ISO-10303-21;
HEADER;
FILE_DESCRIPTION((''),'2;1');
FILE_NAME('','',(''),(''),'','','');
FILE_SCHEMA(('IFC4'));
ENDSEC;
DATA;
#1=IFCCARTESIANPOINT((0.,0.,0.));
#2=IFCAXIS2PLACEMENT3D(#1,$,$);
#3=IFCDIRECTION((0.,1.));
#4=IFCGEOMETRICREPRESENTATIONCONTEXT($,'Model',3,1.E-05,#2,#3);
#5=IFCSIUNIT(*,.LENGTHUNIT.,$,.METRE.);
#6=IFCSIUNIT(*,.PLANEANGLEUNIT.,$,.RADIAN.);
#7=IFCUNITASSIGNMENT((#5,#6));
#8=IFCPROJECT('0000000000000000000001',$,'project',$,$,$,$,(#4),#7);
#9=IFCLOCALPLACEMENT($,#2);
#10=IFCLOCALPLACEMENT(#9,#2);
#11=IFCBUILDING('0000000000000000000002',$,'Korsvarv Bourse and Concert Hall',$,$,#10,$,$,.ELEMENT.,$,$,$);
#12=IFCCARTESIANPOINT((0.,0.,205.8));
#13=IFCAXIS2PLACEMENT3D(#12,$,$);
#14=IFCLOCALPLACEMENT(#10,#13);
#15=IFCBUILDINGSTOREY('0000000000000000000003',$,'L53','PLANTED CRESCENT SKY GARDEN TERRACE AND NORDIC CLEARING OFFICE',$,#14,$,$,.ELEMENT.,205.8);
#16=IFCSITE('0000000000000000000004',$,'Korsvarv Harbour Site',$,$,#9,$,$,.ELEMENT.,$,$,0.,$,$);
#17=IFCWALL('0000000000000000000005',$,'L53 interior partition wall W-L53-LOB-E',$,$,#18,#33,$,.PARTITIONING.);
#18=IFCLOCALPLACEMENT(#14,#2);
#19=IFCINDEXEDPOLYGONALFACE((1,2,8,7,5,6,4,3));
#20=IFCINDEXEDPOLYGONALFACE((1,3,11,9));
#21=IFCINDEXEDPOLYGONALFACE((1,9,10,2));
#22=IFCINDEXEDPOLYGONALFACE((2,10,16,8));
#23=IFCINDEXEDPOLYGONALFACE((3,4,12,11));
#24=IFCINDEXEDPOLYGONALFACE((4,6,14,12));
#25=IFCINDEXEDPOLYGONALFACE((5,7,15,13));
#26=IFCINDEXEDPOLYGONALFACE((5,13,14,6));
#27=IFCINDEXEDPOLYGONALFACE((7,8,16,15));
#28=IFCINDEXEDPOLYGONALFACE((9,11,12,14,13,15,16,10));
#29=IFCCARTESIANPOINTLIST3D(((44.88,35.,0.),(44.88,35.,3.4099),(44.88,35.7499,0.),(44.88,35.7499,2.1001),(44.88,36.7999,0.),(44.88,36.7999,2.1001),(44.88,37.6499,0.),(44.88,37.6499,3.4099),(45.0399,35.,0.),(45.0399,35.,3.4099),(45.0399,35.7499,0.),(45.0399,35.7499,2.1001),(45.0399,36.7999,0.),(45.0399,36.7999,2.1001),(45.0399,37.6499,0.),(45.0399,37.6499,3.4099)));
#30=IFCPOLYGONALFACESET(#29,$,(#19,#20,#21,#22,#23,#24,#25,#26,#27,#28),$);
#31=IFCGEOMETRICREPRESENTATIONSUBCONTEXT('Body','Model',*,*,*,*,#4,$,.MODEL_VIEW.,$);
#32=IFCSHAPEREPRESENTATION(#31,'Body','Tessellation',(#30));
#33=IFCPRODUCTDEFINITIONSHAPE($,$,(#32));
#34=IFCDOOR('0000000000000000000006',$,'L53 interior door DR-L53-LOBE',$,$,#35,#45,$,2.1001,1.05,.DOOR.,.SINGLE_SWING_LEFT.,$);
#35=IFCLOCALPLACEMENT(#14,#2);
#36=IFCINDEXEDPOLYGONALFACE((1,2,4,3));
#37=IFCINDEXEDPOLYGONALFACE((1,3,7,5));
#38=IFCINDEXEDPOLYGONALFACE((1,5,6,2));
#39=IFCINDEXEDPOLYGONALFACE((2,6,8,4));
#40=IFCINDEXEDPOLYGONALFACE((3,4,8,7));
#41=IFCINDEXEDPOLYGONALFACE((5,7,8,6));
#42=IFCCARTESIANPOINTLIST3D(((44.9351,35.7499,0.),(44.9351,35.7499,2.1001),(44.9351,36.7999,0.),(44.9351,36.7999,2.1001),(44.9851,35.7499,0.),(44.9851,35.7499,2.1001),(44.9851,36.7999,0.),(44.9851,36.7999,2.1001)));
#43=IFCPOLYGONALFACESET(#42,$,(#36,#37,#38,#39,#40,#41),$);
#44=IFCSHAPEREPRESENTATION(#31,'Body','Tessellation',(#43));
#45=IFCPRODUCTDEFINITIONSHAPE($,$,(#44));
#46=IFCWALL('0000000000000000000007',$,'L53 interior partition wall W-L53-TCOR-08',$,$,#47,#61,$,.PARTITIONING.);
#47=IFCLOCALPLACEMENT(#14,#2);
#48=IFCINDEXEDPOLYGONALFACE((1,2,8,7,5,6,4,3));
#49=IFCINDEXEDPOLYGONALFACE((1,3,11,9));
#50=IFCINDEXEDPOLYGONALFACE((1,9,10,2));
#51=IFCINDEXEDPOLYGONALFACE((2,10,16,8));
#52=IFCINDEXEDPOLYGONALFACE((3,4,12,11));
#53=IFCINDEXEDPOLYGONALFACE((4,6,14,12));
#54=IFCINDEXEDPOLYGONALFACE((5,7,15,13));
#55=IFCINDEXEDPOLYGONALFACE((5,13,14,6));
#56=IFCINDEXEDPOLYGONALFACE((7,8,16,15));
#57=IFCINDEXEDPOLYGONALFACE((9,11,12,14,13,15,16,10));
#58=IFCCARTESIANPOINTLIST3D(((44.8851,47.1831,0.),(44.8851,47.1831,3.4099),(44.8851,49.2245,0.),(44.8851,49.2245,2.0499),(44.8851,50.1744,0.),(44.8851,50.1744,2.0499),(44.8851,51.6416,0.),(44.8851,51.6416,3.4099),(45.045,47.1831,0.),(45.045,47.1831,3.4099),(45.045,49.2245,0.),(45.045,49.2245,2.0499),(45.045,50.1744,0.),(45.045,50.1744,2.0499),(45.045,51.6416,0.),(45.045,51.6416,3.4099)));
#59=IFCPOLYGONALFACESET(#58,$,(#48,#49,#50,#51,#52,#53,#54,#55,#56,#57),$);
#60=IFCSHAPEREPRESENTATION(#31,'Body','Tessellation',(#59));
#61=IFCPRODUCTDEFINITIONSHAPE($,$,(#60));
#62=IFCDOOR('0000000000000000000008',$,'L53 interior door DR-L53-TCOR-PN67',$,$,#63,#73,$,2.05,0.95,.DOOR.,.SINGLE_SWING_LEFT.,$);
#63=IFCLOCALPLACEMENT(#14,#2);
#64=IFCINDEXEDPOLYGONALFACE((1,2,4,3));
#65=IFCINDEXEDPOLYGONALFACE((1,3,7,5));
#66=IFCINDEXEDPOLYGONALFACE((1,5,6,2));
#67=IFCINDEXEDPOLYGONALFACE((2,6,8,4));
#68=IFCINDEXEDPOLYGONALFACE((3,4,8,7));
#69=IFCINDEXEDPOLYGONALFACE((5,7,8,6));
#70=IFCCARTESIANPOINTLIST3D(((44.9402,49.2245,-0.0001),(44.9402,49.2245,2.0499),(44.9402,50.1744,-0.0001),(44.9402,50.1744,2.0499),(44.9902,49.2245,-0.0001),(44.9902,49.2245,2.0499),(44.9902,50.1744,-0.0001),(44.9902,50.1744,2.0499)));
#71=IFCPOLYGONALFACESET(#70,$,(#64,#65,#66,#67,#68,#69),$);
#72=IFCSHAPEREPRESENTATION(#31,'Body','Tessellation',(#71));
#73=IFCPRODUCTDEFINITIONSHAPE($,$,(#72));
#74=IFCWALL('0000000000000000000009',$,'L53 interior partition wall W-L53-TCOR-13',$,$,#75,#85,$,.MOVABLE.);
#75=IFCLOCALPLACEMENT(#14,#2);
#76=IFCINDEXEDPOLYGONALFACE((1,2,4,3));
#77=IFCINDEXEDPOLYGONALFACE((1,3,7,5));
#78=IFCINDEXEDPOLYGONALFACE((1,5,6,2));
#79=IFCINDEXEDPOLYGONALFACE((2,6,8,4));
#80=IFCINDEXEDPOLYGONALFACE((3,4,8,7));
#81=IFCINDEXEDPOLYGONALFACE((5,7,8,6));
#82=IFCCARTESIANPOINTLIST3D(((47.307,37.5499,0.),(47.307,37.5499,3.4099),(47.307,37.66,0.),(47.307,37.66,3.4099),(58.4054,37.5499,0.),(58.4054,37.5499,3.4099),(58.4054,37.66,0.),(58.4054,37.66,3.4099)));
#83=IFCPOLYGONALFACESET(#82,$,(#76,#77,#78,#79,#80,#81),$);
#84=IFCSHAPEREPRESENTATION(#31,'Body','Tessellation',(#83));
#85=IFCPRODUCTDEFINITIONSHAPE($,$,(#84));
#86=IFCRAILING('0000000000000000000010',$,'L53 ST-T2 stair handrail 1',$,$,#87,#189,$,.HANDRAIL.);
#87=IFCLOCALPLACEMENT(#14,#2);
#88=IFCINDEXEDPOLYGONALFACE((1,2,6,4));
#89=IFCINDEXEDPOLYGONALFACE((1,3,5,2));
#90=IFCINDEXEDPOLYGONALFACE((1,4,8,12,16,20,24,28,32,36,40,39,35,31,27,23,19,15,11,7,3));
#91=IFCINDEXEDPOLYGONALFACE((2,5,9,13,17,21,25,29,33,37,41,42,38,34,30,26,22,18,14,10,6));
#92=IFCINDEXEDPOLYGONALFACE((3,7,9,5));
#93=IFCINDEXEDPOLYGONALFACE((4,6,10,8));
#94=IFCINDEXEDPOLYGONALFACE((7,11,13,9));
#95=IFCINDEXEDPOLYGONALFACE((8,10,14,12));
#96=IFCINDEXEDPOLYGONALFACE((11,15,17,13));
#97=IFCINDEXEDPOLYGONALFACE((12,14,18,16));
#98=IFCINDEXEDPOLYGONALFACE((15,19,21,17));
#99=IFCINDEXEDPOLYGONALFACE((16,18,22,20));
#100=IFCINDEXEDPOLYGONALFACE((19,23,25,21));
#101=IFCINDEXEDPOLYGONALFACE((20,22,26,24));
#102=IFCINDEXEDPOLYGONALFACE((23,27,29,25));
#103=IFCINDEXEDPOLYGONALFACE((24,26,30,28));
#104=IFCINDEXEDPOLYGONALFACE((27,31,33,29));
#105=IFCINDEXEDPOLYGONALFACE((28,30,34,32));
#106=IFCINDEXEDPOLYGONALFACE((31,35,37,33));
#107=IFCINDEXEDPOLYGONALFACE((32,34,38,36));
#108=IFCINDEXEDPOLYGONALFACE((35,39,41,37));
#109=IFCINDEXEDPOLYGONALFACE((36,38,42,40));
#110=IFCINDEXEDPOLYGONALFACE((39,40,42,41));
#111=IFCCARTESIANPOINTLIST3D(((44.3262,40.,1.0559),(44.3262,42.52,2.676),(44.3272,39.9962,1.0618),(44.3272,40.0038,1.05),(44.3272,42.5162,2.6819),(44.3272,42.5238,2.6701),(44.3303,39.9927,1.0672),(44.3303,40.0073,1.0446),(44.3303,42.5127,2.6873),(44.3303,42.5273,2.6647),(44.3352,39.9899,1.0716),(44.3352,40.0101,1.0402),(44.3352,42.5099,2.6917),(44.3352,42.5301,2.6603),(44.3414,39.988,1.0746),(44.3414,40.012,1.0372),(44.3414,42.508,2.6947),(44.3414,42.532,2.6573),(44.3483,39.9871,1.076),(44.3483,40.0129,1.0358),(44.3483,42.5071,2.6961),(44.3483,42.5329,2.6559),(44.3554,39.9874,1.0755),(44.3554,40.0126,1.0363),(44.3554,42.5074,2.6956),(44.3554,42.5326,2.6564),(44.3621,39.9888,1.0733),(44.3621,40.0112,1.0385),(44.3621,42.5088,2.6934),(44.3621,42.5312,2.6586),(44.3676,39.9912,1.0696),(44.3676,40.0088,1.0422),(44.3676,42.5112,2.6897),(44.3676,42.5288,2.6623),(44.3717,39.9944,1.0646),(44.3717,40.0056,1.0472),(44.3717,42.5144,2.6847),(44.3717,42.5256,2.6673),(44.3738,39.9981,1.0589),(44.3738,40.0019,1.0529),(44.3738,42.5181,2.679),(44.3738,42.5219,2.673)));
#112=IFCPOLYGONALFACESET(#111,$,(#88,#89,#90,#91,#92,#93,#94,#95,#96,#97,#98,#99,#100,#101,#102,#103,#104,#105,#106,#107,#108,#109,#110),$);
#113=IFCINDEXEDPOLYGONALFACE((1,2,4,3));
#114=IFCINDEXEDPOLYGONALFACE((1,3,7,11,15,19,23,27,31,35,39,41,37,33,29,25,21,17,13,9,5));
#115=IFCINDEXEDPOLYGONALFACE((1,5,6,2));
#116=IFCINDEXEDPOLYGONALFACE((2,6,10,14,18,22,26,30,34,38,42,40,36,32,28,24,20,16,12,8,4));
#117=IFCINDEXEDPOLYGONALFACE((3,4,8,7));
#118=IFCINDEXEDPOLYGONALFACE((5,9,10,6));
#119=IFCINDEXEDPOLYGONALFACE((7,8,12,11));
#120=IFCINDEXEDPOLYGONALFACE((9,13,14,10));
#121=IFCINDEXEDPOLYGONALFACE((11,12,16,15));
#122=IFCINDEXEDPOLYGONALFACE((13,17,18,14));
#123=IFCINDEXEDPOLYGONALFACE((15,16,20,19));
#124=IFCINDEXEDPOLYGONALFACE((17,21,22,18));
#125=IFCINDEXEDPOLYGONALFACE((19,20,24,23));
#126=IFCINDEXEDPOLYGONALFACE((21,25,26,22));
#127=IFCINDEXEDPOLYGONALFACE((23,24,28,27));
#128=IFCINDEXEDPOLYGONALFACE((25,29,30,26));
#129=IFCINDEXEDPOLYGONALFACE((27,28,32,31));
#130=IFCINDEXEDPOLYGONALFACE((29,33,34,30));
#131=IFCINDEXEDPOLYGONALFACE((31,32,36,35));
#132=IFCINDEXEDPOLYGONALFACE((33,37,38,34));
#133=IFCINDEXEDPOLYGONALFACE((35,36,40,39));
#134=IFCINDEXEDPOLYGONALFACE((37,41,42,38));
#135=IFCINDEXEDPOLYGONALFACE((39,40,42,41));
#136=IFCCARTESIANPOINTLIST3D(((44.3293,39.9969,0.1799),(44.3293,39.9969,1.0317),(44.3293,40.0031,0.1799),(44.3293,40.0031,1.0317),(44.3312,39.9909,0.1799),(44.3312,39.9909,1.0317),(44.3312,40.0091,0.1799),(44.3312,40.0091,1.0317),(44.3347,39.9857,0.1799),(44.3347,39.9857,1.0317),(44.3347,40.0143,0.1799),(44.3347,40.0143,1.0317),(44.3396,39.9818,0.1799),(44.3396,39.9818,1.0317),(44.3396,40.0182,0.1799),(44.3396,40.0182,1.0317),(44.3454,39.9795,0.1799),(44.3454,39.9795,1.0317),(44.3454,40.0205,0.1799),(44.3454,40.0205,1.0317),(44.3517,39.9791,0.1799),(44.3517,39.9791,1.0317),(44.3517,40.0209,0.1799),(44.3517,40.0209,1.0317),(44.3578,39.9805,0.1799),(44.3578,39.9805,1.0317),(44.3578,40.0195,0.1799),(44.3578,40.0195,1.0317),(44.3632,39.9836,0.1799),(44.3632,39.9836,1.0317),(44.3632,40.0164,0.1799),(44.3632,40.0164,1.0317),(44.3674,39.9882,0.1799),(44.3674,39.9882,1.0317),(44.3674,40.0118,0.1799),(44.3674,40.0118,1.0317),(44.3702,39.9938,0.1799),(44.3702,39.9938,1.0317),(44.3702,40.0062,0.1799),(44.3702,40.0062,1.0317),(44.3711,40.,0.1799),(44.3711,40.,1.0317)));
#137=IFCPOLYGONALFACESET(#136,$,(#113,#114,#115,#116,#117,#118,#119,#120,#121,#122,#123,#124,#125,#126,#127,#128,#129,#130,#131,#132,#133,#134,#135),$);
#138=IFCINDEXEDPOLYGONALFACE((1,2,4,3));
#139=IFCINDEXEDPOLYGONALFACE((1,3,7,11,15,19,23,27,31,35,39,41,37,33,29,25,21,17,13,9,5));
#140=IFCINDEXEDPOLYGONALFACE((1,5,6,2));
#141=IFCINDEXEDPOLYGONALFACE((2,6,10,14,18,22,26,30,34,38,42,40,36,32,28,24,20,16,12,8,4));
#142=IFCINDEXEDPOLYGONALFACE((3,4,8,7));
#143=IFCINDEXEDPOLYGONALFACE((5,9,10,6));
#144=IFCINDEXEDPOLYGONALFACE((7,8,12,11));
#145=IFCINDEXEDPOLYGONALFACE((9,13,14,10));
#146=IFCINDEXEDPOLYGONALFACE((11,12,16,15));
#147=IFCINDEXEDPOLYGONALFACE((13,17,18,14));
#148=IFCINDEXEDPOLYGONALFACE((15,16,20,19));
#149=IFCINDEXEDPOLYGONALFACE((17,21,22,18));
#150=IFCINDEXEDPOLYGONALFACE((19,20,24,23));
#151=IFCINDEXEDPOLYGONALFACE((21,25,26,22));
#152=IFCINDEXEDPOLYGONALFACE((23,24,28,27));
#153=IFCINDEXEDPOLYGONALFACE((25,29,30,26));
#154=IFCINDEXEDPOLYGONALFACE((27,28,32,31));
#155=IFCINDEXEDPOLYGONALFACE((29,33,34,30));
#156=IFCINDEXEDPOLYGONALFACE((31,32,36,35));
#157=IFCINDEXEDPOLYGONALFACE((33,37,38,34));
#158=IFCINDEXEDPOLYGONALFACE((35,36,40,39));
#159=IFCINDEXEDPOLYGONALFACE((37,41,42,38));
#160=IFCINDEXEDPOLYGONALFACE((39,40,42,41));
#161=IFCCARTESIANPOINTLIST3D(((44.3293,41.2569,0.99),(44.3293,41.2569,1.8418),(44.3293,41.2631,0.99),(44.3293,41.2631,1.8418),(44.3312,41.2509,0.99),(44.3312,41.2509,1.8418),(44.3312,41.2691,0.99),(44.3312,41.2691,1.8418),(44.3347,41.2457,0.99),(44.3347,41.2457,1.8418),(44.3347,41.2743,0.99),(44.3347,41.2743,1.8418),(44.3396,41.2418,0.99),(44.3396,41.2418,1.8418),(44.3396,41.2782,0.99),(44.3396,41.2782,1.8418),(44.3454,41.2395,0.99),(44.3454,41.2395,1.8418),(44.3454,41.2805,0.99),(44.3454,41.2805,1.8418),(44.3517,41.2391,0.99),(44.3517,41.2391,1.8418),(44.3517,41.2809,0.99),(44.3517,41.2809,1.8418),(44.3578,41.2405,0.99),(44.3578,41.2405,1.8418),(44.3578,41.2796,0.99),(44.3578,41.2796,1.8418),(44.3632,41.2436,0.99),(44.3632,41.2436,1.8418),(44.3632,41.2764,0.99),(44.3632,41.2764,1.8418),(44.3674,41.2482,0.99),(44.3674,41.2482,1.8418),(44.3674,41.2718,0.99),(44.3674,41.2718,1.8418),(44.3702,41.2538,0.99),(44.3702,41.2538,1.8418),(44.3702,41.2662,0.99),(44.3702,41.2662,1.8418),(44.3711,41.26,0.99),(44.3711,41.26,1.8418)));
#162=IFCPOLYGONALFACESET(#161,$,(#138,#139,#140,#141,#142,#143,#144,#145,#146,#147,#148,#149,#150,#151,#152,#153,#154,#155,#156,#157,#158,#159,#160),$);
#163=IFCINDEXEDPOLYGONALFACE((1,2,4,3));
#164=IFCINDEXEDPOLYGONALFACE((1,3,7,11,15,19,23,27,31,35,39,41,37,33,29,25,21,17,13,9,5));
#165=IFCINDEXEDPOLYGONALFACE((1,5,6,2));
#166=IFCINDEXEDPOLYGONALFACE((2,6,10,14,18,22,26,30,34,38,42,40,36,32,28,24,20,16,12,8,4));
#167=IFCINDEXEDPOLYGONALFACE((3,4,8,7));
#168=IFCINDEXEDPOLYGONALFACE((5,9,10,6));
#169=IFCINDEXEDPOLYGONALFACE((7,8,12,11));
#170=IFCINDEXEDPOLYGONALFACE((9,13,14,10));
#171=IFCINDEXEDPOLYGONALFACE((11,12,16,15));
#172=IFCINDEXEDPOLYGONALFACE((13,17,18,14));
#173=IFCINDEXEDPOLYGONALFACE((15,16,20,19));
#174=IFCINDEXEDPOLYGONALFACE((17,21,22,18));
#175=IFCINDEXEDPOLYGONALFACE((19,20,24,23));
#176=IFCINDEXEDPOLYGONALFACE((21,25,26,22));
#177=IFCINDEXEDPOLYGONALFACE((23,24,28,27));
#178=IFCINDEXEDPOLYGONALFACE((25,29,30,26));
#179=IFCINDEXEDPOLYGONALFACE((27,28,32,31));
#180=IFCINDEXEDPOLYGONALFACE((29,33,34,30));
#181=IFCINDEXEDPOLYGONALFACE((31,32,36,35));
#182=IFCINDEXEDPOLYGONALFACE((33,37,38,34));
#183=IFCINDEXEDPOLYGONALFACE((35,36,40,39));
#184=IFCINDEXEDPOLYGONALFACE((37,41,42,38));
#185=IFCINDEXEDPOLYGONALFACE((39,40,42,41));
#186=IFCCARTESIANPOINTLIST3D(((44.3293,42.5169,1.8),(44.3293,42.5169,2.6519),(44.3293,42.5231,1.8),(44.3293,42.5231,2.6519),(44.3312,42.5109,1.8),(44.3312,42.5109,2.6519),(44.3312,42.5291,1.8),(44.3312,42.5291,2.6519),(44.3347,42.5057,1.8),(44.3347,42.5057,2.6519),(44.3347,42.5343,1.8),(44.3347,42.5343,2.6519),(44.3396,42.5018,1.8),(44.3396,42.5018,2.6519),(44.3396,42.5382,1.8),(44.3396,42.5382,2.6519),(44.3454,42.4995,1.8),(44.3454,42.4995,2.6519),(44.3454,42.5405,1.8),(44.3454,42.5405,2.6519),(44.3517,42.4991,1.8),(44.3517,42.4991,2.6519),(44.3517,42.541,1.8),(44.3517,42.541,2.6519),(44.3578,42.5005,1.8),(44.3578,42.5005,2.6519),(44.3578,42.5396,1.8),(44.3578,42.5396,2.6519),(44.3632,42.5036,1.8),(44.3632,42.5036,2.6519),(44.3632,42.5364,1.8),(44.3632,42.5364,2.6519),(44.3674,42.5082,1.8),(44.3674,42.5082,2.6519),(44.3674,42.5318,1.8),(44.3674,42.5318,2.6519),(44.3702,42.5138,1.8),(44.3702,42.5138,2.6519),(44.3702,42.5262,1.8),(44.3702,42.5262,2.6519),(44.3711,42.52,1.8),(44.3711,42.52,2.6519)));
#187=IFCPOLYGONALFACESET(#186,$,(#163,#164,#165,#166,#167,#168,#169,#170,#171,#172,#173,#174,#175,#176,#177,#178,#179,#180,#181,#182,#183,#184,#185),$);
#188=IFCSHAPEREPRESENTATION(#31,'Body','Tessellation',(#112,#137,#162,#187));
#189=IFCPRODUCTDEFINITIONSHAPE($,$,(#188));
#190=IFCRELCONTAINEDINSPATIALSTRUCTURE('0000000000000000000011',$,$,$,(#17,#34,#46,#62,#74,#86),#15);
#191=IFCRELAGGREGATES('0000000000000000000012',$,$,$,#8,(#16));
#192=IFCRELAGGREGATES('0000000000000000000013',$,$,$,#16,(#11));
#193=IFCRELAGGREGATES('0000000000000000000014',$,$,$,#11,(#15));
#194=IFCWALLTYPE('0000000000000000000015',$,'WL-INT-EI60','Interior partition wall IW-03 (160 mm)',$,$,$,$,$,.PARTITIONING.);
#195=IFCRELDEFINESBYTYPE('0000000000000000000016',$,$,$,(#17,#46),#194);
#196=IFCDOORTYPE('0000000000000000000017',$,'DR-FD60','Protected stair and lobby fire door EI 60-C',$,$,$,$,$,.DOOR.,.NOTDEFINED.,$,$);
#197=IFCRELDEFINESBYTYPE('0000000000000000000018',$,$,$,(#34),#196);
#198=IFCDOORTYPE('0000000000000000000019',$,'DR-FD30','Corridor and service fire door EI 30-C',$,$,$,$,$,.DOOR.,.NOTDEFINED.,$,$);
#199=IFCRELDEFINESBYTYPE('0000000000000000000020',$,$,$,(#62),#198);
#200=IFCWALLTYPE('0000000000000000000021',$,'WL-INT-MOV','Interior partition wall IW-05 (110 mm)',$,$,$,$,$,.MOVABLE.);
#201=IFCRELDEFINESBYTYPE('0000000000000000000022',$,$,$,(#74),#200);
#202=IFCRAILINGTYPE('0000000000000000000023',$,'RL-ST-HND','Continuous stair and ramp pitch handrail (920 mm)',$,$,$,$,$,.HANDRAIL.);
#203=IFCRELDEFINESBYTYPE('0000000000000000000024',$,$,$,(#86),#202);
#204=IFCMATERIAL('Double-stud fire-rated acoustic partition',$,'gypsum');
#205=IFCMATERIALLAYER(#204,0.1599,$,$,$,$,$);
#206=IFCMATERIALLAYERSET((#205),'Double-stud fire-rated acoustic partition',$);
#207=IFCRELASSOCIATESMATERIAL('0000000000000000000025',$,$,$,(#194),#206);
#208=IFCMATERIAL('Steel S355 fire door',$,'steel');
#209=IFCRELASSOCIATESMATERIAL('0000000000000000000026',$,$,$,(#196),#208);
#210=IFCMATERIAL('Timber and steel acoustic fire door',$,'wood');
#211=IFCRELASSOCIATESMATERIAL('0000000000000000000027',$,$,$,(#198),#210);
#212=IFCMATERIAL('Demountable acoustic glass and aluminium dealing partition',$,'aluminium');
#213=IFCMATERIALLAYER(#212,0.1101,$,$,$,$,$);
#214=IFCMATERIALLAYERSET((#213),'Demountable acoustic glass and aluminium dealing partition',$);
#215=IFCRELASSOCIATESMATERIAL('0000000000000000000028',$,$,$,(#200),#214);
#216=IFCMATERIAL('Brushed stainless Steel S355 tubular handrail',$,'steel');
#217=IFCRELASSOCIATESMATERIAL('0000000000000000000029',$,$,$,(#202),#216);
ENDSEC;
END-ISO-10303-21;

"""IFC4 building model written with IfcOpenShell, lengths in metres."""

from ifc_helpers import new_model, si_unit, direction, frame, frame_2d, origin, origin_2d, place, context, subcontext, project, spatial, rectangle, circle, extrude, material, layer, layer_set, type_object, element, fill, save


model = new_model("IFC4")

# Units and contexts
model_context = context("Model", 3, precision=1e-05, world=origin(), true_north=direction((0.0, 1.0)))
body_context = subcontext(model_context, "Body", "Model", "MODEL_VIEW")
ifc_project = project(units=[si_unit("LENGTHUNIT", "METRE"), si_unit("PLANEANGLEUNIT", "RADIAN")], contexts=[model_context])

# Site, building, storey
site_placement = place(None, origin())
site = spatial("IfcSite", under=ifc_project, at=site_placement, Name="Korsvarv Harbour Site", CompositionType="ELEMENT", RefElevation=0.0)
building_placement = place(site_placement, origin())
building = spatial("IfcBuilding", under=site, at=building_placement, Name="Korsvarv Bourse and Concert Hall", CompositionType="ELEMENT")
storey_placement = place(building_placement, frame((0.0, 0.0, 205.8)))
storey = spatial("IfcBuildingStorey", under=building, at=storey_placement, Name="L53", Description="PLANTED CRESCENT SKY GARDEN TERRACE AND NORDIC CLEARING OFFICE", CompositionType="ELEMENT", Elevation=205.8)

# Walls, openings, doors
ifc_material_1 = material(Name="Double-stud fire-rated acoustic partition", Category="gypsum")
ifc_layer_1 = layer(ifc_material_1, 0.1599)
ifc_layer_set_1 = layer_set([ifc_layer_1], Name="Double-stud fire-rated acoustic partition")
wall_type_1 = type_object("IfcWallType", Name="WL-INT-EI60", Description="Interior partition wall IW-03 (160 mm)", PredefinedType="PARTITIONING", material=ifc_layer_set_1)
wall_1_placement = place(storey_placement, frame((44.96, 35.0, 0.0), z_axis=(0.0, 0.0, 1.0), x_axis=(0.0, 1.0, 0.0)))
wall_1 = element("IfcWall", 1, at=wall_1_placement, inside=storey, type_object=wall_type_1, Name="L53 interior partition wall W-L53-LOB-E", PredefinedType="PARTITIONING", context=body_context, shape_type="SweptSolid", body=[
    extrude(rectangle(XDim=2.6499, YDim=0.1599, at=frame_2d((1.325, 0.0))), origin(), (0.0, 0.0, 1.0), 3.4099),
])
opening_1_placement = place(wall_1_placement, frame((0.75, 0.0, 0.0)))
opening_1 = element("IfcOpeningElement", 2, at=opening_1_placement, cuts=wall_1, PredefinedType="OPENING", context=body_context, shape_type="SweptSolid", body=[
    extrude(rectangle(XDim=1.05, YDim=2.1001, at=frame_2d((0.5249, 1.05))), frame((0.0, 0.0898, 0.0), z_axis=(0.0, -1.0, 0.0), x_axis=(1.0, 0.0, 0.0)), (0.0, 0.0, 1.0), 0.1799),
])
ifc_material_2 = material(Name="Steel S355 fire door", Category="steel")
door_type_1 = type_object("IfcDoorType", Name="DR-FD60", Description="Protected stair and lobby fire door EI 60-C", OperationType="NOTDEFINED", PredefinedType="DOOR", material=ifc_material_2)
door_1_placement = place(opening_1_placement, origin())
door_1 = element("IfcDoor", 3, at=door_1_placement, inside=storey, type_object=door_type_1, Name="L53 interior door DR-L53-LOBE", OperationType="SINGLE_SWING_LEFT", OverallHeight=2.1001, OverallWidth=1.05, PredefinedType="DOOR", context=body_context, shape_type="SweptSolid", body=[
    extrude(rectangle(XDim=1.05, YDim=2.1001, at=frame_2d((0.5249, 1.05))), frame((0.0, 0.0249, 0.0), z_axis=(0.0, -1.0, 0.0), x_axis=(1.0, 0.0, 0.0)), (0.0, 0.0, 1.0), 0.05),
])
fill(opening_1, door_1)
wall_2_placement = place(storey_placement, frame((44.9651, 47.1831, 0.0), z_axis=(0.0, 0.0, 1.0), x_axis=(0.0, 1.0, 0.0)))
wall_2 = element("IfcWall", 4, at=wall_2_placement, inside=storey, type_object=wall_type_1, Name="L53 interior partition wall W-L53-TCOR-08", PredefinedType="PARTITIONING", context=body_context, shape_type="SweptSolid", body=[
    extrude(rectangle(XDim=4.4585, YDim=0.1599, at=frame_2d((2.2292, 0.0))), origin(), (0.0, 0.0, 1.0), 3.4099),
])
opening_2_placement = place(wall_2_placement, frame((2.0413, 0.0, 0.0)))
opening_2 = element("IfcOpeningElement", 5, at=opening_2_placement, cuts=wall_2, PredefinedType="OPENING", context=body_context, shape_type="SweptSolid", body=[
    extrude(rectangle(XDim=0.95, YDim=2.05, at=frame_2d((0.4751, 1.0249))), frame((0.0, 0.0898, 0.0), z_axis=(0.0, -1.0, 0.0), x_axis=(1.0, 0.0, 0.0)), (0.0, 0.0, 1.0), 0.1799),
])
ifc_material_3 = material(Name="Timber and steel acoustic fire door", Category="wood")
door_type_2 = type_object("IfcDoorType", Name="DR-FD30", Description="Corridor and service fire door EI 30-C", OperationType="NOTDEFINED", PredefinedType="DOOR", material=ifc_material_3)
door_2_placement = place(opening_2_placement, origin())
door_2 = element("IfcDoor", 6, at=door_2_placement, inside=storey, type_object=door_type_2, Name="L53 interior door DR-L53-TCOR-PN67", OperationType="SINGLE_SWING_LEFT", OverallHeight=2.05, OverallWidth=0.95, PredefinedType="DOOR", context=body_context, shape_type="SweptSolid", body=[
    extrude(rectangle(XDim=0.95, YDim=2.05, at=frame_2d((0.4751, 1.0249))), frame((0.0, 0.0249, 0.0), z_axis=(0.0, -1.0, 0.0), x_axis=(1.0, 0.0, 0.0)), (0.0, 0.0, 1.0), 0.05),
])
fill(opening_2, door_2)

# Wall
ifc_material_4 = material(Name="Demountable acoustic glass and aluminium dealing partition", Category="aluminium")
ifc_layer_2 = layer(ifc_material_4, 0.1101)
ifc_layer_set_2 = layer_set([ifc_layer_2], Name="Demountable acoustic glass and aluminium dealing partition")
wall_type_2 = type_object("IfcWallType", Name="WL-INT-MOV", Description="Interior partition wall IW-05 (110 mm)", PredefinedType="MOVABLE", material=ifc_layer_set_2)
wall_3_placement = place(storey_placement, frame((47.3069, 37.605, 0.0), z_axis=(0.0, 0.0, 1.0), x_axis=(1.0, 0.0, 0.0)))
element("IfcWall", 7, at=wall_3_placement, inside=storey, type_object=wall_type_2, Name="L53 interior partition wall W-L53-TCOR-13", PredefinedType="MOVABLE", context=body_context, shape_type="SweptSolid", body=[
    extrude(rectangle(XDim=11.0984, YDim=0.1101, at=frame_2d((5.5493, 0.0))), origin(), (0.0, 0.0, 1.0), 3.4099),
])

# Railing
ifc_material_5 = material(Name="Brushed stainless Steel S355 tubular handrail", Category="steel")
railing_type = type_object("IfcRailingType", Name="RL-ST-HND", Description="Continuous stair and ramp pitch handrail (920 mm)", PredefinedType="HANDRAIL", material=ifc_material_5)
railing_placement = place(storey_placement, frame((44.3501, 40.0, 0.1799)))
element("IfcRailing", 8, at=railing_placement, inside=storey, type_object=railing_type, Name="L53 ST-T2 stair handrail 1", PredefinedType="HANDRAIL", context=body_context, shape_type="SweptSolid", body=[
    extrude(circle(Radius=0.0239, at=origin_2d()), frame((0.0, 0.0, 0.876), z_axis=(0.0, 0.841163, 0.540782), x_axis=(-1.0, 0.0, 0.0)), (0.0, 0.0, 1.0), 2.9958),
    extrude(circle(Radius=0.021, at=origin_2d()), origin(), (0.0, 0.0, 1.0), 0.8518),
    extrude(circle(Radius=0.021, at=origin_2d()), frame((0.0, 1.26, 0.8101)), (0.0, 0.0, 1.0), 0.8518),
    extrude(circle(Radius=0.021, at=origin_2d()), frame((0.0, 2.52, 1.6201)), (0.0, 0.0, 1.0), 0.8518),
])

save(model, "model.ifc")
